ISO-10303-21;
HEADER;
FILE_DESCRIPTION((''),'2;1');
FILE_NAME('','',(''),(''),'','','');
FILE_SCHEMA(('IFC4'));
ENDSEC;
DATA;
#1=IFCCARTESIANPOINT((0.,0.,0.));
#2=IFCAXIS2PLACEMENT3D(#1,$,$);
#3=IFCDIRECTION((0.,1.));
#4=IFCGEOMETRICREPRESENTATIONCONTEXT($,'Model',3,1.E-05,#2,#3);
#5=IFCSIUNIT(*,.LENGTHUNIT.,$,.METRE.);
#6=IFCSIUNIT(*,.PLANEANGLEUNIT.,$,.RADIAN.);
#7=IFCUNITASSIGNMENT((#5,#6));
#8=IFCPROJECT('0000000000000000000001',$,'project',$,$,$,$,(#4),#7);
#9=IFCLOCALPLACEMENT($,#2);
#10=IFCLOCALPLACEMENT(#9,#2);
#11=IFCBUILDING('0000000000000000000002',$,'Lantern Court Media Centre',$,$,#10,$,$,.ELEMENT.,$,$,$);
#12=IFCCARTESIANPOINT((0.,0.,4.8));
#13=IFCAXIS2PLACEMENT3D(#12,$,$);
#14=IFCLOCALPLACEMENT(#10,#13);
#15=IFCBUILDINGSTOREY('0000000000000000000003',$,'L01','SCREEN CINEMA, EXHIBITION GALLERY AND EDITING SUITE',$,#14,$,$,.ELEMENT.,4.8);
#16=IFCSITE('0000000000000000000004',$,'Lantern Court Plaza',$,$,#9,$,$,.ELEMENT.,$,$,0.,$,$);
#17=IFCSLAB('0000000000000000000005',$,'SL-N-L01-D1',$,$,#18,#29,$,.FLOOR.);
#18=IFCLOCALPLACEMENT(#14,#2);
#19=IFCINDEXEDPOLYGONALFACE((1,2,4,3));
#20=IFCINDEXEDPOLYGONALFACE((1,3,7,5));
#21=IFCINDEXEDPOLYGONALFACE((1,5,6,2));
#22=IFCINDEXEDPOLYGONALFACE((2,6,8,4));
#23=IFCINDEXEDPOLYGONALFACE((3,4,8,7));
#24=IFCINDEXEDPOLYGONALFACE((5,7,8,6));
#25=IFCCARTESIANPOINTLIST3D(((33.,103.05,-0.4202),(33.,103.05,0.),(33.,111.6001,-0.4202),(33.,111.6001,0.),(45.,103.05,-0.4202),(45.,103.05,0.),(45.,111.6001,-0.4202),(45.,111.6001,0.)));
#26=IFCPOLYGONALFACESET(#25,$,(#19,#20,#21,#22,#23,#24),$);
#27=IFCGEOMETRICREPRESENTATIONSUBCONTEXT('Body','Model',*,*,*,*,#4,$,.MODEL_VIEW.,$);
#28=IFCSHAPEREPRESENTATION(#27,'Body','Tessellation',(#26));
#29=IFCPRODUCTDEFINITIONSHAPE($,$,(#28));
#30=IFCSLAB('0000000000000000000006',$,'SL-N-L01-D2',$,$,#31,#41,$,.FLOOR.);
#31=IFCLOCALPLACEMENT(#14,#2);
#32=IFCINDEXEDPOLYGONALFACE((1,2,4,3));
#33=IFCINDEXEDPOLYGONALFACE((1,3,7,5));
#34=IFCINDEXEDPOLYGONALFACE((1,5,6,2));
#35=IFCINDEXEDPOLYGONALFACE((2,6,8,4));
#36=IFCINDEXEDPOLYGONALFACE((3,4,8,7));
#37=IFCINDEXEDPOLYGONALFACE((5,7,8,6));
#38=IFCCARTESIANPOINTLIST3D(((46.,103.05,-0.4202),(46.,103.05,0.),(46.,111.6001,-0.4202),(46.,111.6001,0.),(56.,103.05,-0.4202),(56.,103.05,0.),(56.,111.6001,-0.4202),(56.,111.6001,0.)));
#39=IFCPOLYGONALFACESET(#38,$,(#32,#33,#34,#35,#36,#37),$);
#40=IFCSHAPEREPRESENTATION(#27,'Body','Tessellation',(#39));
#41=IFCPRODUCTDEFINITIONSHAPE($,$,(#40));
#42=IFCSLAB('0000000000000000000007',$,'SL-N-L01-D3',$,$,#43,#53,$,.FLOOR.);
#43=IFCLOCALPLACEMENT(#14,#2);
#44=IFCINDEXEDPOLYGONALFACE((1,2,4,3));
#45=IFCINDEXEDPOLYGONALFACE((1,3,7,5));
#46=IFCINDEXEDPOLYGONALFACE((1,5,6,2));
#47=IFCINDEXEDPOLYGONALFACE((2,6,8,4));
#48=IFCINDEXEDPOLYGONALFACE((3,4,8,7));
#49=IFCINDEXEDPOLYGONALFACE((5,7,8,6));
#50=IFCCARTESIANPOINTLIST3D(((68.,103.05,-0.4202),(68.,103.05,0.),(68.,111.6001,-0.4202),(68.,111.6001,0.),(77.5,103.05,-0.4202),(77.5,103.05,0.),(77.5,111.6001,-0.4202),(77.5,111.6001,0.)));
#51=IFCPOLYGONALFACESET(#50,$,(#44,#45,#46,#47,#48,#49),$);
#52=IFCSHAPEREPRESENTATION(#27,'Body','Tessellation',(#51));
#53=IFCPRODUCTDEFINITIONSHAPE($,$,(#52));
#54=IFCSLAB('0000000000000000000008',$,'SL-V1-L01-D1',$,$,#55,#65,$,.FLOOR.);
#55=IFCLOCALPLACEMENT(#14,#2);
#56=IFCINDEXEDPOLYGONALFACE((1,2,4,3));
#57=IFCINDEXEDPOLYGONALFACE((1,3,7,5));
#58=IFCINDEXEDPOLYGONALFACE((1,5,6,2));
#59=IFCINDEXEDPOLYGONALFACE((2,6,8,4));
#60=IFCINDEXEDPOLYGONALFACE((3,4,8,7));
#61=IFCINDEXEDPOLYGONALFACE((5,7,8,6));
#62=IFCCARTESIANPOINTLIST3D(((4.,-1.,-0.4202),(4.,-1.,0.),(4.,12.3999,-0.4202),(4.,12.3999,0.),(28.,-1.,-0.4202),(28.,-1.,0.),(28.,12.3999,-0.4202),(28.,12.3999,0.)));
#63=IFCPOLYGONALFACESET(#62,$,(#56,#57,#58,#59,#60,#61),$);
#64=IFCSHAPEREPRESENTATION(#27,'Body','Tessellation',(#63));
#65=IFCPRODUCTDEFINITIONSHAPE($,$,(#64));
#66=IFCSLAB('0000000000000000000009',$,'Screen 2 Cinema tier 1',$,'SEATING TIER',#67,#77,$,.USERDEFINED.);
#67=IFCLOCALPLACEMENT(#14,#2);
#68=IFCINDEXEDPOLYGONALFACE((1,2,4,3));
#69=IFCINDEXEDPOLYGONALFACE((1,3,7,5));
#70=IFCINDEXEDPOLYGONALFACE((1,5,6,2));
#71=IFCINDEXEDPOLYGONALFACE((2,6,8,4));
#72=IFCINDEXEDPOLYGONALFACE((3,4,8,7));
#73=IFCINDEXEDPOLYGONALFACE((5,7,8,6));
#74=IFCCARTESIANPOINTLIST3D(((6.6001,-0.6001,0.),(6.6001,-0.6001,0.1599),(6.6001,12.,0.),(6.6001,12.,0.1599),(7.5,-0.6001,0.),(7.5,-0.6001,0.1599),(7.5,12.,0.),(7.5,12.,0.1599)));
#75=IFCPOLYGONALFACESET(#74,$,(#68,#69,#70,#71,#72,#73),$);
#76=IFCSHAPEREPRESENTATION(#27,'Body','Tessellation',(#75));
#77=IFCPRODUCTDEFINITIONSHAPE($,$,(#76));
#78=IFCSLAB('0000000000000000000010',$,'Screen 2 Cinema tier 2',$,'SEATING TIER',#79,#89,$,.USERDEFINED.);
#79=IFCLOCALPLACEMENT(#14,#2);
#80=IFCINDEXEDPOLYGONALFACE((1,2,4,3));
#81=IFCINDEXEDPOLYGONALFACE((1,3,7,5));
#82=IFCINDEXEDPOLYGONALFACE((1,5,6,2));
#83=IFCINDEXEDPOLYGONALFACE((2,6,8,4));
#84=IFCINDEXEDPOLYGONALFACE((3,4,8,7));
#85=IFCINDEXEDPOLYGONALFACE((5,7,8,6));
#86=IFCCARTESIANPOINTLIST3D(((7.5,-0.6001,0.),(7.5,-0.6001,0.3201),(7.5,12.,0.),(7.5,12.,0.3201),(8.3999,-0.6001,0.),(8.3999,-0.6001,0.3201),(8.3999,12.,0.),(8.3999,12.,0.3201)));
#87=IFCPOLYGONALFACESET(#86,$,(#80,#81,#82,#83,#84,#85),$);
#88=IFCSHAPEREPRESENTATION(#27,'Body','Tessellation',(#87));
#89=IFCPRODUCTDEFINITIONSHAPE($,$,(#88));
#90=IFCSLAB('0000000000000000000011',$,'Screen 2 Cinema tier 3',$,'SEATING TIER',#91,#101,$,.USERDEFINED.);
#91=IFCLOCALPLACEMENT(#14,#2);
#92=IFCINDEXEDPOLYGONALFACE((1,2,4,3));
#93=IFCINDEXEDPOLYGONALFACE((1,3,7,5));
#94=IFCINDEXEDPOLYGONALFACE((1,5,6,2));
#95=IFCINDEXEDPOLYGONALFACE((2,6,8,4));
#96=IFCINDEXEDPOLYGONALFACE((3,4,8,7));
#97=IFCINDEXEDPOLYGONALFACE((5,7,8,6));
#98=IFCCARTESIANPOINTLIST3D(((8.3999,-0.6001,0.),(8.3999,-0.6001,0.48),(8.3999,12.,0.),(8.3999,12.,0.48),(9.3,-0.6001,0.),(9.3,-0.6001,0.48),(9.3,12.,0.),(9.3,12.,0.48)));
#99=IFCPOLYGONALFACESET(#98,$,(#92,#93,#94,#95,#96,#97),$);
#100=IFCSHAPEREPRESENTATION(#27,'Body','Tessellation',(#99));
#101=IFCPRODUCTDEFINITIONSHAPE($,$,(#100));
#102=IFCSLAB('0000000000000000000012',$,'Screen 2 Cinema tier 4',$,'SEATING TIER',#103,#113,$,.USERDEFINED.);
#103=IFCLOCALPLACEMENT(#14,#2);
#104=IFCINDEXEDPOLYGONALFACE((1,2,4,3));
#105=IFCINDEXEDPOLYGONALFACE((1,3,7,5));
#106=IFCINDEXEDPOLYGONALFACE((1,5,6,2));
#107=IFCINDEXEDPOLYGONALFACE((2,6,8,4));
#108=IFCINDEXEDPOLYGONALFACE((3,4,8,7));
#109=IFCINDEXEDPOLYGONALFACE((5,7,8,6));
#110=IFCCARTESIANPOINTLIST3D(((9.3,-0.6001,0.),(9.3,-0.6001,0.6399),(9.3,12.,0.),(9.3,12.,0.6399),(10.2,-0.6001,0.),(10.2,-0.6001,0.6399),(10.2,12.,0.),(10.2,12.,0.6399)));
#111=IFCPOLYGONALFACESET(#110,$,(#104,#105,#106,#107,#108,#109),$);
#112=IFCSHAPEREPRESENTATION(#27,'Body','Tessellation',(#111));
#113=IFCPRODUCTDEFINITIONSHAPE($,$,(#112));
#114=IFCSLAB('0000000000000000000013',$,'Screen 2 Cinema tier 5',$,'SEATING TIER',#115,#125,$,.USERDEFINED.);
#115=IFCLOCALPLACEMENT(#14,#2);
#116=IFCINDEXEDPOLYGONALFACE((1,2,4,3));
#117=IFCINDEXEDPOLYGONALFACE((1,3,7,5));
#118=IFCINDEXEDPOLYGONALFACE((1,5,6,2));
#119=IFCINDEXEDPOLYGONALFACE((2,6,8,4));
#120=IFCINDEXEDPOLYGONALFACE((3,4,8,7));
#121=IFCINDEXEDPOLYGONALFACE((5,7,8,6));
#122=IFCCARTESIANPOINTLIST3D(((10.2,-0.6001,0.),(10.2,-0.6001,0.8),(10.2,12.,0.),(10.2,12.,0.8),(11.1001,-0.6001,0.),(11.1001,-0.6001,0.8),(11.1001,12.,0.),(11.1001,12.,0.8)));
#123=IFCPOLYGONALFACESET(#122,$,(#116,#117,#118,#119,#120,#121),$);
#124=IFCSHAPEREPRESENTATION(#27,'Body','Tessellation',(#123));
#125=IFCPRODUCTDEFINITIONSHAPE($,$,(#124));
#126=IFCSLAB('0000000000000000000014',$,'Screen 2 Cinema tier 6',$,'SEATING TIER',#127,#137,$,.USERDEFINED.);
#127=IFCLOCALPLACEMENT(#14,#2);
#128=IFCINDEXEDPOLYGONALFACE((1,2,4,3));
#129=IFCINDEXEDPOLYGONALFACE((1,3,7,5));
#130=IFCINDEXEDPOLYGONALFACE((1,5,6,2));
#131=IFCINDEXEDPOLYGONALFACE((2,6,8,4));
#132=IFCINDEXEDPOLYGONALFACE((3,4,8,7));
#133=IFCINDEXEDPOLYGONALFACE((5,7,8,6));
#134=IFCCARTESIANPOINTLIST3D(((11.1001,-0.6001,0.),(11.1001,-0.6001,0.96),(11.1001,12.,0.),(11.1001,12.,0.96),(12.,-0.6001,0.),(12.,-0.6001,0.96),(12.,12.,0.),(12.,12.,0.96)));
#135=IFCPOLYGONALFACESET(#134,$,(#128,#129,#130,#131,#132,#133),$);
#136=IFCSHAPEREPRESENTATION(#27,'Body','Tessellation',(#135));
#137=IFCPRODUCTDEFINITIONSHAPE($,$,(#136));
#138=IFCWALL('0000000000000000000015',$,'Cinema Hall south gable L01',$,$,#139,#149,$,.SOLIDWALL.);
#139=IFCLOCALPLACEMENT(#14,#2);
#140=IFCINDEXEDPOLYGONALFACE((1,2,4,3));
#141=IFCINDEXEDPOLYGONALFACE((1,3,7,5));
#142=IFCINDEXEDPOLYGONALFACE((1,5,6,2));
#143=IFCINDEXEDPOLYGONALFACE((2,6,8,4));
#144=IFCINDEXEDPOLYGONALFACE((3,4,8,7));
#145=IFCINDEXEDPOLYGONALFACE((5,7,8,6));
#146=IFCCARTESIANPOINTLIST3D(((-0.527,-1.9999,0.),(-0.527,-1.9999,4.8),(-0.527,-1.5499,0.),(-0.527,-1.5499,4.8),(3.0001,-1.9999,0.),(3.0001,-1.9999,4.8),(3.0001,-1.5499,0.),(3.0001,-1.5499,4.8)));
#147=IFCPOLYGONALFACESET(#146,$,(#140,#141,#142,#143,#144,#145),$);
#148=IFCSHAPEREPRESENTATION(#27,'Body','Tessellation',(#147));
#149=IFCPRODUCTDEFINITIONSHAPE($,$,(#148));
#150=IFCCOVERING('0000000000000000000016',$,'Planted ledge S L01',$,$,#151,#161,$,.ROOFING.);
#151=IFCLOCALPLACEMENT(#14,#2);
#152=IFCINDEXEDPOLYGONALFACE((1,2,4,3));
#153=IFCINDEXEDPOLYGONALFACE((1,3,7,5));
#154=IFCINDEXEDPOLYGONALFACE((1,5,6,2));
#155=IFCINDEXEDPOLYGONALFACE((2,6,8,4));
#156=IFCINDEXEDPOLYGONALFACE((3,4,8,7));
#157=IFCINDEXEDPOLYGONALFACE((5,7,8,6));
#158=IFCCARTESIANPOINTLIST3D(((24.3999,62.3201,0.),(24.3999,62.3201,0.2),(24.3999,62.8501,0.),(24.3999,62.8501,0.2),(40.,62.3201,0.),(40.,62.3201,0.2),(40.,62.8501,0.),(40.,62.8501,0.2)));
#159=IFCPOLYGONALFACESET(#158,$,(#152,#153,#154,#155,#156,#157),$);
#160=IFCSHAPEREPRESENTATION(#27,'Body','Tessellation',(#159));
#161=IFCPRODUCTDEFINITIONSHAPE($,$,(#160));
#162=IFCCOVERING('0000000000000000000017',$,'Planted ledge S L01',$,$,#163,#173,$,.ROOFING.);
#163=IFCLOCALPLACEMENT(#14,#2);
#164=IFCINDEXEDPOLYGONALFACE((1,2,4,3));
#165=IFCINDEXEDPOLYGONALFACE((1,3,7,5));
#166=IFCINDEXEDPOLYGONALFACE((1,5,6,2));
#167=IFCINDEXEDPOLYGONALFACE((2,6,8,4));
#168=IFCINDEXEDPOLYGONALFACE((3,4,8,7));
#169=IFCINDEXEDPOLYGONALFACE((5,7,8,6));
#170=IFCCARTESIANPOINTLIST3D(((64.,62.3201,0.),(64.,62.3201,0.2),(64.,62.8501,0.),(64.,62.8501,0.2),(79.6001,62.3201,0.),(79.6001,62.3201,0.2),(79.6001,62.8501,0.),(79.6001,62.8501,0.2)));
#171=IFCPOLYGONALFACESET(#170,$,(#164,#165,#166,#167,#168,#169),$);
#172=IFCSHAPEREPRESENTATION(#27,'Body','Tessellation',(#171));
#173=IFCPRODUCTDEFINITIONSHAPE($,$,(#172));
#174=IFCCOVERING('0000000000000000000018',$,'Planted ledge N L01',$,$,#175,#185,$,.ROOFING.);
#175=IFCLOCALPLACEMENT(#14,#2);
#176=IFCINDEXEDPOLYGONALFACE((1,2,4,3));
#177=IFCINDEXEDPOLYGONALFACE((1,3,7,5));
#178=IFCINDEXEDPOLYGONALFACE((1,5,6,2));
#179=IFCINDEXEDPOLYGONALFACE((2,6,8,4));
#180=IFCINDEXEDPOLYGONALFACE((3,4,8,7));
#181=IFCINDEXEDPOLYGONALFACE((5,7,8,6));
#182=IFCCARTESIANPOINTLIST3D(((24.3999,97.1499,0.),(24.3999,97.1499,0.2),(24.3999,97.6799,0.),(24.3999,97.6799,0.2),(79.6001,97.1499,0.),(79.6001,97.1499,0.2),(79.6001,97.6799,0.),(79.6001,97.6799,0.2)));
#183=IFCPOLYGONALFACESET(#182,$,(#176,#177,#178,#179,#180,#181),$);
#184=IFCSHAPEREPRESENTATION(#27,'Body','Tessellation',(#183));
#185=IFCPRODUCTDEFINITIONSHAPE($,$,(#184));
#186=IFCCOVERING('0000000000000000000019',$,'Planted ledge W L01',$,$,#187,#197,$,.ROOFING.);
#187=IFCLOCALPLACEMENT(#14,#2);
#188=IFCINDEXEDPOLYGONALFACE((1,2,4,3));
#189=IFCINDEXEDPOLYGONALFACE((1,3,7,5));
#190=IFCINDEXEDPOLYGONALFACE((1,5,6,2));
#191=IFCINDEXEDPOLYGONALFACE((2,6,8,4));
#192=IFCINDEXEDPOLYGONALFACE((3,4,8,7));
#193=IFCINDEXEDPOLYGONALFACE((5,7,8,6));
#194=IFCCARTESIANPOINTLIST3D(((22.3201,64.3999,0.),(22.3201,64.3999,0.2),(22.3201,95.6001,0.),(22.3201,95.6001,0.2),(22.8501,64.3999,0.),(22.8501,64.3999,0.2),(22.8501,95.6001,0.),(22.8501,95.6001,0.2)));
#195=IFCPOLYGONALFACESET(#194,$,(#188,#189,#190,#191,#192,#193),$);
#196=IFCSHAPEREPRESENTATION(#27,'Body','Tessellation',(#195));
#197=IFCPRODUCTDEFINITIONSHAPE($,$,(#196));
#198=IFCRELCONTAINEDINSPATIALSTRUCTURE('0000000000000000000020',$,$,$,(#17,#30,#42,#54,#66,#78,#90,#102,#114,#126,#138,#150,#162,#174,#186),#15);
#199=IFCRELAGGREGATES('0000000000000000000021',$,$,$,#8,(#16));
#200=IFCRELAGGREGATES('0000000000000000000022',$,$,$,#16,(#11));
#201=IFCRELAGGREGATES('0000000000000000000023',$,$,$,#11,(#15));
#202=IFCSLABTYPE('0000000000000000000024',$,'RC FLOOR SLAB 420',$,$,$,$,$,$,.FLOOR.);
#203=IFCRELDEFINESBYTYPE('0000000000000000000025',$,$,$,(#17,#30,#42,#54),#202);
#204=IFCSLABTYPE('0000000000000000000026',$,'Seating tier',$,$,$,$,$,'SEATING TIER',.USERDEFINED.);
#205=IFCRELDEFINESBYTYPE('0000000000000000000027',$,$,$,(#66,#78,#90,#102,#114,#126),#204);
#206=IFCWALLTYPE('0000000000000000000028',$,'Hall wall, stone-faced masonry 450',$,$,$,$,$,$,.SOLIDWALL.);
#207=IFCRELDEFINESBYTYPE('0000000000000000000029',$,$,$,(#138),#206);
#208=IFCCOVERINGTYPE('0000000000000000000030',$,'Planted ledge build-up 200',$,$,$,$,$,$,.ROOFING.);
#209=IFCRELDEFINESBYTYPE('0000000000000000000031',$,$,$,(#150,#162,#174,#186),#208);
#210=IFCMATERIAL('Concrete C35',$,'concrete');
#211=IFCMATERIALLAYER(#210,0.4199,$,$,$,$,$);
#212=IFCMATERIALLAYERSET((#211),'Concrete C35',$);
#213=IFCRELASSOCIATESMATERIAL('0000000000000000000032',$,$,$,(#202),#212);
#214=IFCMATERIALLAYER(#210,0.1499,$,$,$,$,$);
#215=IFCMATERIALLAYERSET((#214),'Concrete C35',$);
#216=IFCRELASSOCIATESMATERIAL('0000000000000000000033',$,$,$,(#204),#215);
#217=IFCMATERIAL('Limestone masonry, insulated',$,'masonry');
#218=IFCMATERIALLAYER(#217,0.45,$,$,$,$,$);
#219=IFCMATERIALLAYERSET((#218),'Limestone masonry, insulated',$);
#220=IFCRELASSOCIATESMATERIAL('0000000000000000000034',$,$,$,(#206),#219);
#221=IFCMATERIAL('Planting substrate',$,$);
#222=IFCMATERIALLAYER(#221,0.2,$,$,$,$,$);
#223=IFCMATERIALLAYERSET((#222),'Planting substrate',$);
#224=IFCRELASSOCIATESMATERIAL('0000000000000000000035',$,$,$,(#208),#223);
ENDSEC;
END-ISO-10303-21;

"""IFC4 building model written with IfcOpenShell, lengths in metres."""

from ifc_helpers import new_model, si_unit, direction, frame, frame_2d, origin, place, context, subcontext, project, spatial, polyline, rectangle, outline, extrude, material, layer, layer_set, type_object, element, save


model = new_model("IFC4")

# Units and contexts
model_context = context("Model", 3, precision=1e-05, world=origin(), true_north=direction((0.0, 1.0)))
body_context = subcontext(model_context, "Body", "Model", "MODEL_VIEW")
ifc_project = project(units=[si_unit("LENGTHUNIT", "METRE"), si_unit("PLANEANGLEUNIT", "RADIAN")], contexts=[model_context])

# Site, building, storey
site_placement = place(None, origin())
site = spatial("IfcSite", under=ifc_project, at=site_placement, Name="Lantern Court Plaza", CompositionType="ELEMENT", RefElevation=0.0)
building_placement = place(site_placement, origin())
building = spatial("IfcBuilding", under=site, at=building_placement, Name="Lantern Court Media Centre", CompositionType="ELEMENT")
storey_placement = place(building_placement, frame((0.0, 0.0, 4.8)))
storey = spatial("IfcBuildingStorey", under=building, at=storey_placement, Name="L01", Description="SCREEN CINEMA, EXHIBITION GALLERY AND EDITING SUITE", CompositionType="ELEMENT", Elevation=4.8)

# Slabs
ifc_material_1 = material(Name="Concrete C35", Category="concrete")
ifc_layer_1 = layer(ifc_material_1, 0.4199)
ifc_layer_set_1 = layer_set([ifc_layer_1], Name="Concrete C35")
slab_type_1 = type_object("IfcSlabType", Name="RC FLOOR SLAB 420", PredefinedType="FLOOR", material=ifc_layer_set_1)
slab_1_placement = place(storey_placement, frame((0.0, 0.0, -0.4202)))
element("IfcSlab", 1, at=slab_1_placement, inside=storey, type_object=slab_type_1, Name="SL-N-L01-D1", PredefinedType="FLOOR", context=body_context, shape_type="SweptSolid", body=[
    extrude(outline(polyline([(45.0, 103.05), (45.0, 111.6001), (33.0, 111.6001), (33.0, 103.05), (45.0, 103.05)])), origin(), (0.0, 0.0, 1.0), 0.4202),
])
slab_2_placement = place(storey_placement, frame((0.0, 0.0, -0.4202)))
element("IfcSlab", 2, at=slab_2_placement, inside=storey, type_object=slab_type_1, Name="SL-N-L01-D2", PredefinedType="FLOOR", context=body_context, shape_type="SweptSolid", body=[
    extrude(outline(polyline([(56.0, 103.05), (56.0, 111.6001), (46.0, 111.6001), (46.0, 103.05), (56.0, 103.05)])), origin(), (0.0, 0.0, 1.0), 0.4202),
])
slab_3_placement = place(storey_placement, frame((0.0, 0.0, -0.4202)))
element("IfcSlab", 3, at=slab_3_placement, inside=storey, type_object=slab_type_1, Name="SL-N-L01-D3", PredefinedType="FLOOR", context=body_context, shape_type="SweptSolid", body=[
    extrude(outline(polyline([(77.5, 103.05), (77.5, 111.6001), (68.0, 111.6001), (68.0, 103.05), (77.5, 103.05)])), origin(), (0.0, 0.0, 1.0), 0.4202),
])
slab_4_placement = place(storey_placement, frame((0.0, 0.0, -0.4202)))
element("IfcSlab", 4, at=slab_4_placement, inside=storey, type_object=slab_type_1, Name="SL-V1-L01-D1", PredefinedType="FLOOR", context=body_context, shape_type="SweptSolid", body=[
    extrude(outline(polyline([(28.0, -1.0), (28.0, 12.3999), (4.0, 12.3999), (4.0, -1.0), (28.0, -1.0)])), origin(), (0.0, 0.0, 1.0), 0.4202),
])
ifc_layer_2 = layer(ifc_material_1, 0.1499)
ifc_layer_set_2 = layer_set([ifc_layer_2], Name="Concrete C35")
slab_type_2 = type_object("IfcSlabType", Name="Seating tier", ElementType="SEATING TIER", PredefinedType="USERDEFINED", material=ifc_layer_set_2)
slab_5_placement = place(storey_placement, origin())
element("IfcSlab", 5, at=slab_5_placement, inside=storey, type_object=slab_type_2, Name="Screen 2 Cinema tier 1", ObjectType="SEATING TIER", PredefinedType="USERDEFINED", context=body_context, shape_type="SweptSolid", body=[
    extrude(outline(polyline([(6.6001, -0.6001), (7.5, -0.6001), (7.5, 12.0), (6.6001, 12.0), (6.6001, -0.6001)])), origin(), (0.0, 0.0, 1.0), 0.1599),
])
slab_6_placement = place(storey_placement, origin())
element("IfcSlab", 6, at=slab_6_placement, inside=storey, type_object=slab_type_2, Name="Screen 2 Cinema tier 2", ObjectType="SEATING TIER", PredefinedType="USERDEFINED", context=body_context, shape_type="SweptSolid", body=[
    extrude(outline(polyline([(7.5, -0.6001), (8.3999, -0.6001), (8.3999, 12.0), (7.5, 12.0), (7.5, -0.6001)])), origin(), (0.0, 0.0, 1.0), 0.3201),
])
slab_7_placement = place(storey_placement, origin())
element("IfcSlab", 7, at=slab_7_placement, inside=storey, type_object=slab_type_2, Name="Screen 2 Cinema tier 3", ObjectType="SEATING TIER", PredefinedType="USERDEFINED", context=body_context, shape_type="SweptSolid", body=[
    extrude(outline(polyline([(8.3999, -0.6001), (9.3, -0.6001), (9.3, 12.0), (8.3999, 12.0), (8.3999, -0.6001)])), origin(), (0.0, 0.0, 1.0), 0.48),
])
slab_8_placement = place(storey_placement, origin())
element("IfcSlab", 8, at=slab_8_placement, inside=storey, type_object=slab_type_2, Name="Screen 2 Cinema tier 4", ObjectType="SEATING TIER", PredefinedType="USERDEFINED", context=body_context, shape_type="SweptSolid", body=[
    extrude(outline(polyline([(9.3, -0.6001), (10.2, -0.6001), (10.2, 12.0), (9.3, 12.0), (9.3, -0.6001)])), origin(), (0.0, 0.0, 1.0), 0.6399),
])
slab_9_placement = place(storey_placement, origin())
element("IfcSlab", 9, at=slab_9_placement, inside=storey, type_object=slab_type_2, Name="Screen 2 Cinema tier 5", ObjectType="SEATING TIER", PredefinedType="USERDEFINED", context=body_context, shape_type="SweptSolid", body=[
    extrude(outline(polyline([(10.2, -0.6001), (11.1001, -0.6001), (11.1001, 12.0), (10.2, 12.0), (10.2, -0.6001)])), origin(), (0.0, 0.0, 1.0), 0.8),
])
slab_10_placement = place(storey_placement, origin())
element("IfcSlab", 10, at=slab_10_placement, inside=storey, type_object=slab_type_2, Name="Screen 2 Cinema tier 6", ObjectType="SEATING TIER", PredefinedType="USERDEFINED", context=body_context, shape_type="SweptSolid", body=[
    extrude(outline(polyline([(11.1001, -0.6001), (12.0, -0.6001), (12.0, 12.0), (11.1001, 12.0), (11.1001, -0.6001)])), origin(), (0.0, 0.0, 1.0), 0.96),
])

# Wall
ifc_material_2 = material(Name="Limestone masonry, insulated", Category="masonry")
ifc_layer_3 = layer(ifc_material_2, 0.45)
ifc_layer_set_3 = layer_set([ifc_layer_3], Name="Limestone masonry, insulated")
wall_type = type_object("IfcWallType", Name="Hall wall, stone-faced masonry 450", PredefinedType="SOLIDWALL", material=ifc_layer_set_3)
wall_placement = place(storey_placement, frame((-0.5271, -1.7749, 0.0), z_axis=(0.0, 0.0, 1.0), x_axis=(1.0, 0.0, 0.0)))
element("IfcWall", 11, at=wall_placement, inside=storey, type_object=wall_type, Name="Cinema Hall south gable L01", PredefinedType="SOLIDWALL", context=body_context, shape_type="SweptSolid", body=[
    extrude(rectangle(XDim=3.5271, YDim=0.45, at=frame_2d((1.7637, 0.0))), origin(), (0.0, 0.0, 1.0), 4.8),
])

# Coverings
ifc_material_3 = material(Name="Planting substrate")
ifc_layer_4 = layer(ifc_material_3, 0.2)
ifc_layer_set_4 = layer_set([ifc_layer_4], Name="Planting substrate")
covering_type = type_object("IfcCoveringType", Name="Planted ledge build-up 200", PredefinedType="ROOFING", material=ifc_layer_set_4)
covering_1_placement = place(storey_placement, origin())
element("IfcCovering", 12, at=covering_1_placement, inside=storey, type_object=covering_type, Name="Planted ledge S L01", PredefinedType="ROOFING", context=body_context, shape_type="SweptSolid", body=[
    extrude(outline(polyline([(24.3999, 62.8501), (40.0, 62.8501), (40.0, 62.3201), (24.3999, 62.3201), (24.3999, 62.8501)])), origin(), (0.0, 0.0, 1.0), 0.2),
])
covering_2_placement = place(storey_placement, origin())
element("IfcCovering", 13, at=covering_2_placement, inside=storey, type_object=covering_type, Name="Planted ledge S L01", PredefinedType="ROOFING", context=body_context, shape_type="SweptSolid", body=[
    extrude(outline(polyline([(64.0, 62.8501), (79.6001, 62.8501), (79.6001, 62.3201), (64.0, 62.3201), (64.0, 62.8501)])), origin(), (0.0, 0.0, 1.0), 0.2),
])
covering_3_placement = place(storey_placement, origin())
element("IfcCovering", 14, at=covering_3_placement, inside=storey, type_object=covering_type, Name="Planted ledge N L01", PredefinedType="ROOFING", context=body_context, shape_type="SweptSolid", body=[
    extrude(outline(polyline([(24.3999, 97.1499), (79.6001, 97.1499), (79.6001, 97.6799), (24.3999, 97.6799), (24.3999, 97.1499)])), origin(), (0.0, 0.0, 1.0), 0.2),
])
covering_4_placement = place(storey_placement, origin())
element("IfcCovering", 15, at=covering_4_placement, inside=storey, type_object=covering_type, Name="Planted ledge W L01", PredefinedType="ROOFING", context=body_context, shape_type="SweptSolid", body=[
    extrude(outline(polyline([(22.8501, 64.3999), (22.8501, 95.6001), (22.3201, 95.6001), (22.3201, 64.3999), (22.8501, 64.3999)])), origin(), (0.0, 0.0, 1.0), 0.2),
])

save(model, "model.ifc")
